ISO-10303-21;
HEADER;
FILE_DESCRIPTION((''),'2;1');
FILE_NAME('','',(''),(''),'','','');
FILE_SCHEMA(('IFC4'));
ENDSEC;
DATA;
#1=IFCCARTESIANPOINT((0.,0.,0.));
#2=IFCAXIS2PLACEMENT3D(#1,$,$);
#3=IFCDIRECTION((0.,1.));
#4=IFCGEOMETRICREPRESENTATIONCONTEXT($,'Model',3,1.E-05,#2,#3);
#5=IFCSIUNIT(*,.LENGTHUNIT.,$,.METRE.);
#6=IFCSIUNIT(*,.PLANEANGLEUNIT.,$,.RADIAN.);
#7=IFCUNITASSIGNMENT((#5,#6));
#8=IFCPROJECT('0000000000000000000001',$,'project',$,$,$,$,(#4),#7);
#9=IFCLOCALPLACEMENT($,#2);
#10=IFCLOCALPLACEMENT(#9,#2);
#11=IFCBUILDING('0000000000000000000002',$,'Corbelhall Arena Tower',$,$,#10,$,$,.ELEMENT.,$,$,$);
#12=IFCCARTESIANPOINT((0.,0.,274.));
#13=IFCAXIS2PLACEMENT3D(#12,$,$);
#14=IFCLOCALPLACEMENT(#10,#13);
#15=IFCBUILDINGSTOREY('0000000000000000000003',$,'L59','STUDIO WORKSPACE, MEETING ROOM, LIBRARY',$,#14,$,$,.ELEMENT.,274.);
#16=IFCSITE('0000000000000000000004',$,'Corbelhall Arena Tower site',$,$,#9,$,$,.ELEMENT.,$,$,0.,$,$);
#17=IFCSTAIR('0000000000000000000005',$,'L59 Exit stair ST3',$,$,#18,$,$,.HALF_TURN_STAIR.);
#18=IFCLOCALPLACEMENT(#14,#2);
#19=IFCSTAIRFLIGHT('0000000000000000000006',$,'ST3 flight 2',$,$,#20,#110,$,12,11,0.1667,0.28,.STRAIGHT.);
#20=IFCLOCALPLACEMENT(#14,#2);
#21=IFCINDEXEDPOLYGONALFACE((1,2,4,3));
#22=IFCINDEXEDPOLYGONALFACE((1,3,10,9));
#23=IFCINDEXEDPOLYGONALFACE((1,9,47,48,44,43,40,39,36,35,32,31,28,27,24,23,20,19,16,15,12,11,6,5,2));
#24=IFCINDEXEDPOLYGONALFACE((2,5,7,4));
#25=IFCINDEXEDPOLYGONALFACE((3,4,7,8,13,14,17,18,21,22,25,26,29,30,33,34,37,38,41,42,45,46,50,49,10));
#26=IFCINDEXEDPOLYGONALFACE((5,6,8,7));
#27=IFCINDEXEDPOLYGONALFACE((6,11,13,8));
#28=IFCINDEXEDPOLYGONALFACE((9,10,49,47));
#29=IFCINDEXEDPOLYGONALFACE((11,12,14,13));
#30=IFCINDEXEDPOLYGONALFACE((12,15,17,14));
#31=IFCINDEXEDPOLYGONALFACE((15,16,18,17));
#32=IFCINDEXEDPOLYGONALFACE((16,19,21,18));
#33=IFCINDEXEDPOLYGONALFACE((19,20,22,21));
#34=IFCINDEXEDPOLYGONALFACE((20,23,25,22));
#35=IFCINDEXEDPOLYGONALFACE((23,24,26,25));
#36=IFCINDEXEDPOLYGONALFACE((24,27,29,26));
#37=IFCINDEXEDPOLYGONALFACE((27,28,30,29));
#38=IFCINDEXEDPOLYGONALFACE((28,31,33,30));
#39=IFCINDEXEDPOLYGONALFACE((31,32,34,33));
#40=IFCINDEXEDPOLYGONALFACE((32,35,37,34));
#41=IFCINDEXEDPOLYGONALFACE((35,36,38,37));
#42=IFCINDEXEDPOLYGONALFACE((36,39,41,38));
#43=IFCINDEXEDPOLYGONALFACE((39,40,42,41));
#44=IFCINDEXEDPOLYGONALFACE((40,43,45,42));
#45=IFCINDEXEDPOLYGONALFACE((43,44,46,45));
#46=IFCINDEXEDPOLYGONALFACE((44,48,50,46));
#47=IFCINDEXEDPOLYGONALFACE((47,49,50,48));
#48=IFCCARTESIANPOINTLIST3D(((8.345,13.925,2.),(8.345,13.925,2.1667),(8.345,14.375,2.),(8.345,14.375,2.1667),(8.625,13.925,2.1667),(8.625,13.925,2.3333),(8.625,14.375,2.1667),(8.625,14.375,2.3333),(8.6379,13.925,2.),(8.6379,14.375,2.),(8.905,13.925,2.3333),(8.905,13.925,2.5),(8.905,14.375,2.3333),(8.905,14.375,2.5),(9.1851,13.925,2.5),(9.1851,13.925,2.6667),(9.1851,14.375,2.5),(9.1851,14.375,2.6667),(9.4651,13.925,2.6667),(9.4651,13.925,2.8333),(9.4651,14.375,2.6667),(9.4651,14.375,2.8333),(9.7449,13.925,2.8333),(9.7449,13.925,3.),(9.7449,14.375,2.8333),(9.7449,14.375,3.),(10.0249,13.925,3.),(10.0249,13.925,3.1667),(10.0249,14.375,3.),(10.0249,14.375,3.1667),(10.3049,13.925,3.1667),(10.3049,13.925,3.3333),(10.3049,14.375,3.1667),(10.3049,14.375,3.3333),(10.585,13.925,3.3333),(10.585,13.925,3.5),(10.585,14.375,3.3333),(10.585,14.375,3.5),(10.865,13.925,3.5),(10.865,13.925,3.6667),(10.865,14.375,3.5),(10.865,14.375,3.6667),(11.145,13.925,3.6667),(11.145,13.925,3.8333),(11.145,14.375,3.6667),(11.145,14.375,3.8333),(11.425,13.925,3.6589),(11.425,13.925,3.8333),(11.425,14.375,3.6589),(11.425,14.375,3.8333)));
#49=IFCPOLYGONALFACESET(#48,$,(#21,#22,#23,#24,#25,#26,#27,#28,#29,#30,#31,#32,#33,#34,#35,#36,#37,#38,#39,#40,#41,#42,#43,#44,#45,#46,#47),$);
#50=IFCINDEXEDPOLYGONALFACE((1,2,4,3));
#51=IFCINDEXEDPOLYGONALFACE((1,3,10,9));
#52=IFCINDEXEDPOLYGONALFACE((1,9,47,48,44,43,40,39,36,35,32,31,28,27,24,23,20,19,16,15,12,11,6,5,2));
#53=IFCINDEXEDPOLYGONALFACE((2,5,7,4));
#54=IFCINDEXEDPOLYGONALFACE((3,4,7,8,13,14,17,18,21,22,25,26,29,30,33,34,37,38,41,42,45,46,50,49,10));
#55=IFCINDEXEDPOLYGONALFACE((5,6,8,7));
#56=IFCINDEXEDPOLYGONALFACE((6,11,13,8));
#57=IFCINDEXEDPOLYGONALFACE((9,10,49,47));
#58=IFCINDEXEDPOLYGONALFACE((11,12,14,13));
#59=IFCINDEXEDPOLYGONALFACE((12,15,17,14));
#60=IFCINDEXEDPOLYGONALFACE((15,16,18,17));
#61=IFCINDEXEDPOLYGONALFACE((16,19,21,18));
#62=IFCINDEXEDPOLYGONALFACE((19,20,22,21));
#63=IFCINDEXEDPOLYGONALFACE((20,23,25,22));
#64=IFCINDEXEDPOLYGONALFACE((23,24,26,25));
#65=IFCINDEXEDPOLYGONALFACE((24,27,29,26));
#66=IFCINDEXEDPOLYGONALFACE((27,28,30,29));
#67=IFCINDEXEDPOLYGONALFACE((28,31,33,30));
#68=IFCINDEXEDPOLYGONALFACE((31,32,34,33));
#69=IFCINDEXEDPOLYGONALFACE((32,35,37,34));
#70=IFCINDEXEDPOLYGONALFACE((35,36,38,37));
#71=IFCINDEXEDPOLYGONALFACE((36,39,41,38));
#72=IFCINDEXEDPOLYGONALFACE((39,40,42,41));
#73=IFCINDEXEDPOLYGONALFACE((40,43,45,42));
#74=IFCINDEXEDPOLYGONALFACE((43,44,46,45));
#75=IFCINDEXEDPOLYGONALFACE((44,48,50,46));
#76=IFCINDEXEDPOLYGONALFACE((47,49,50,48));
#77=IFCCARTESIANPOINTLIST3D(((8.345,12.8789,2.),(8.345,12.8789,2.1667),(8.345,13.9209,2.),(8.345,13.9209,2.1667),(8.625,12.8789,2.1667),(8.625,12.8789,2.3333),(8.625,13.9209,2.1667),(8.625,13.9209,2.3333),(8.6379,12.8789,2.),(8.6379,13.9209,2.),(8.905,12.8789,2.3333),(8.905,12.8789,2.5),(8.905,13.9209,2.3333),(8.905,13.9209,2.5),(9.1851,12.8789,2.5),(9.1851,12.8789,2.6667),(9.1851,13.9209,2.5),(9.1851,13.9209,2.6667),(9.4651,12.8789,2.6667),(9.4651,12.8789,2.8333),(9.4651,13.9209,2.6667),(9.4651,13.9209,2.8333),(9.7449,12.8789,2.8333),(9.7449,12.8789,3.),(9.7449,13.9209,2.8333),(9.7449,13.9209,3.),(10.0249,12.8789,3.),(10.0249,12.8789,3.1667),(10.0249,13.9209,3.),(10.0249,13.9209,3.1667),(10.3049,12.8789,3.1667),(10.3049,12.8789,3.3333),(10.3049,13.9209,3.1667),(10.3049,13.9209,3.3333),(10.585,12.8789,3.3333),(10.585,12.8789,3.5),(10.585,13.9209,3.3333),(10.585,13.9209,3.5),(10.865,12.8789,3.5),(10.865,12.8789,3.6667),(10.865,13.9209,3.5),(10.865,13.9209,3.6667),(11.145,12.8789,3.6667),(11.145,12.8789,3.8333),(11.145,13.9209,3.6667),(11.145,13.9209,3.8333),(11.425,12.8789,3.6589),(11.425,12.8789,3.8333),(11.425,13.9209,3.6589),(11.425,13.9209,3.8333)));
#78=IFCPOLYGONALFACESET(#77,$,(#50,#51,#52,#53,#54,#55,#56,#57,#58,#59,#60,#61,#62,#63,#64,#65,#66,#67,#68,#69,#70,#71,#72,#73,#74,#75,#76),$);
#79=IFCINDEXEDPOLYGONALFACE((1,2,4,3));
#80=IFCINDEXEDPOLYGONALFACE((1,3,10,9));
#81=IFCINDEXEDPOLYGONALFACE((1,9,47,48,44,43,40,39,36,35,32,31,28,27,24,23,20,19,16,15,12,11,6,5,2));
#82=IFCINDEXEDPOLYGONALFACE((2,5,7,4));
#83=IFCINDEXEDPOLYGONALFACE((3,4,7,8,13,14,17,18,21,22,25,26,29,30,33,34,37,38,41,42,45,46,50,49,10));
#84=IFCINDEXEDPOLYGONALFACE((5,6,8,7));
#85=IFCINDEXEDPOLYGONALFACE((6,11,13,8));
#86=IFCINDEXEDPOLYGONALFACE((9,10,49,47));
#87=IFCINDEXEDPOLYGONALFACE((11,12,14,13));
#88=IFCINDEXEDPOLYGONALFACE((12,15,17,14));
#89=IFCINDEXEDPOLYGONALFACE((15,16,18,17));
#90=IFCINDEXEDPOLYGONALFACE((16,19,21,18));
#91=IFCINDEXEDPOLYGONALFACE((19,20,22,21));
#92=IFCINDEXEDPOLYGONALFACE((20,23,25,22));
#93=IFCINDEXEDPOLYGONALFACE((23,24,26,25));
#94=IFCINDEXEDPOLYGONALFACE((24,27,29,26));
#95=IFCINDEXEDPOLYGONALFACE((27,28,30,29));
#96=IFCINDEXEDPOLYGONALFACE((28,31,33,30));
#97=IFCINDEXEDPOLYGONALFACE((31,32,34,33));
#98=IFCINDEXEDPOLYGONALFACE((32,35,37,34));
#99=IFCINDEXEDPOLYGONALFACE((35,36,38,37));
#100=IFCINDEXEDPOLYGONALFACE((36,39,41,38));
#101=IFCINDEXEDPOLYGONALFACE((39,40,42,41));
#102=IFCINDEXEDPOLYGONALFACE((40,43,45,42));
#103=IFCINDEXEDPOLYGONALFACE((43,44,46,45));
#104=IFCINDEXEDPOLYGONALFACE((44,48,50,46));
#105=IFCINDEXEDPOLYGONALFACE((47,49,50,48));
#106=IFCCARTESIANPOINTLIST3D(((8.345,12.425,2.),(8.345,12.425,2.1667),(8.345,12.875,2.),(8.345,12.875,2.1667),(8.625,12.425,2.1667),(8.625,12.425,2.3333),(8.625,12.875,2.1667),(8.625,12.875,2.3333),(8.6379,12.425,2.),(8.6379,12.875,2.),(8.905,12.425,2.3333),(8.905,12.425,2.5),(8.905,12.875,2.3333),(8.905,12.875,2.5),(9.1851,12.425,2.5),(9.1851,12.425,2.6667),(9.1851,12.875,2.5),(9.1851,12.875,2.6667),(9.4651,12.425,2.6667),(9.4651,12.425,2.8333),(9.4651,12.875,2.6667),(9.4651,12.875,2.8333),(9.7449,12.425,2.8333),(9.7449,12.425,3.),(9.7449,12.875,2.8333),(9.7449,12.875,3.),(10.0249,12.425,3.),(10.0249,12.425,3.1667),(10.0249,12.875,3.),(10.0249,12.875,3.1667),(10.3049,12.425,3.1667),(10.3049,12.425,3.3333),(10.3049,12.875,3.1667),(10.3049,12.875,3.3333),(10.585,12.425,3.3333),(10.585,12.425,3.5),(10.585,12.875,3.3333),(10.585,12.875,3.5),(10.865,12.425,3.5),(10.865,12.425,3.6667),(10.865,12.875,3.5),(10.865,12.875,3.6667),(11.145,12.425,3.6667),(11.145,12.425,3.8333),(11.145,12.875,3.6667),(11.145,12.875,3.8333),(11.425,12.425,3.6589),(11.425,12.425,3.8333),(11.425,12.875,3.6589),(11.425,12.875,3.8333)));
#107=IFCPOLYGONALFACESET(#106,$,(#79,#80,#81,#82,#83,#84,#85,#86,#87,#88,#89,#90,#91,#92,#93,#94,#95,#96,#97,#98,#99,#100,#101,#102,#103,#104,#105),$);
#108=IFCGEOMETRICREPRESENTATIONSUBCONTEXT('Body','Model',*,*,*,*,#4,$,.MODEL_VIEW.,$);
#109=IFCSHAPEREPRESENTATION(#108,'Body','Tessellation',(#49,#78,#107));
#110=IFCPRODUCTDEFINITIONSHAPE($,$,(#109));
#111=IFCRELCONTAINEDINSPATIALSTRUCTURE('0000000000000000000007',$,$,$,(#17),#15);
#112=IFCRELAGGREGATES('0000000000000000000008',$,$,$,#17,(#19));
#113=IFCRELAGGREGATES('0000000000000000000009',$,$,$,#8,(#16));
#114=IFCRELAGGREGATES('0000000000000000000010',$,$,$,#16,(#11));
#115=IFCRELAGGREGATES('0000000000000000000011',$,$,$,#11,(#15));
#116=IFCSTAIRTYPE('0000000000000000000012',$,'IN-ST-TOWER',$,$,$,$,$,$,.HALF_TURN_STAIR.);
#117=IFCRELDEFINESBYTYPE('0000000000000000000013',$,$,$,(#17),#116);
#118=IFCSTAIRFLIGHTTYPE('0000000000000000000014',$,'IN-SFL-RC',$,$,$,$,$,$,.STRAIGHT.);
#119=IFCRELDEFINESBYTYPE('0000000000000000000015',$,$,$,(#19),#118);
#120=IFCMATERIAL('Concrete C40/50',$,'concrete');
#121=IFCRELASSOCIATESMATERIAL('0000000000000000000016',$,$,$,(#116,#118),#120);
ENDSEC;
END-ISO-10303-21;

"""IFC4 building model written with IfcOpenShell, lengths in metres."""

from ifc_helpers import new_model, si_unit, direction, frame, origin, place, context, subcontext, project, spatial, polyline, outline, extrude, material, type_object, element, aggregate, save


model = new_model("IFC4")

# Units and contexts
model_context = context("Model", 3, precision=1e-05, world=origin(), true_north=direction((0.0, 1.0)))
body_context = subcontext(model_context, "Body", "Model", "MODEL_VIEW")
ifc_project = project(units=[si_unit("LENGTHUNIT", "METRE"), si_unit("PLANEANGLEUNIT", "RADIAN")], contexts=[model_context])

# Site, building, storey
site_placement = place(None, origin())
site = spatial("IfcSite", under=ifc_project, at=site_placement, Name="Corbelhall Arena Tower site", CompositionType="ELEMENT", RefElevation=0.0)
building_placement = place(site_placement, origin())
building = spatial("IfcBuilding", under=site, at=building_placement, Name="Corbelhall Arena Tower", CompositionType="ELEMENT")
storey_placement = place(building_placement, frame((0.0, 0.0, 274.0)))
storey = spatial("IfcBuildingStorey", under=building, at=storey_placement, Name="L59", Description="STUDIO WORKSPACE, MEETING ROOM, LIBRARY", CompositionType="ELEMENT", Elevation=274.0)

# Shared definitions
ifc_material_1 = material(Name="Concrete C40/50", Category="concrete")

# Stair, stair flight
stair_type = type_object("IfcStairType", Name="IN-ST-TOWER", PredefinedType="HALF_TURN_STAIR", material=ifc_material_1)
stair_placement = place(storey_placement, origin())
stair = element("IfcStair", 1, at=stair_placement, inside=storey, type_object=stair_type, Name="L59 Exit stair ST3", PredefinedType="HALF_TURN_STAIR")
stair_flight_type = type_object("IfcStairFlightType", Name="IN-SFL-RC", PredefinedType="STRAIGHT", material=ifc_material_1)
stair_flight_1_placement = place(storey_placement, frame((8.345, 13.3999, 2.0), z_axis=(0.0, 0.0, 1.0), x_axis=(1.0, 0.0, 0.0)))
stair_flight_1 = element("IfcStairFlight", 2, at=stair_flight_1_placement, type_object=stair_flight_type, Name="ST3 flight 2", NumberOfRisers=12, NumberOfTreads=11, PredefinedType="STRAIGHT", RiserHeight=0.1667, TreadLength=0.28, context=body_context, shape_type="SweptSolid", body=[
    extrude(outline(polyline([(0.0, 0.0), (0.0, 0.1667), (0.28, 0.1667), (0.28, 0.3333), (0.5601, 0.3333), (0.5601, 0.5), (0.8401, 0.5), (0.8401, 0.6667), (1.1201, 0.6667), (1.1201, 0.8333), (1.3999, 0.8333), (1.3999, 1.0), (1.6799, 1.0), (1.6799, 1.1667), (1.96, 1.1667), (1.96, 1.3333), (2.24, 1.3333), (2.24, 1.5), (2.52, 1.5), (2.52, 1.6667), (2.8, 1.6667), (2.8, 1.8333), (3.0801, 1.8333), (3.0801, 2.0), (3.0801, 1.6589), (0.293, 0.0), (0.0, 0.0)])), frame((0.0, 0.9751, 0.0), z_axis=(0.0, -1.0, 0.0), x_axis=(1.0, 0.0, 0.0)), (0.0, 0.0, 1.0), 0.45),
    extrude(outline(polyline([(0.0, 0.0), (0.0, 0.1667), (0.28, 0.1667), (0.28, 0.3333), (0.5601, 0.3333), (0.5601, 0.5), (0.8401, 0.5), (0.8401, 0.6667), (1.1201, 0.6667), (1.1201, 0.8333), (1.3999, 0.8333), (1.3999, 1.0), (1.6799, 1.0), (1.6799, 1.1667), (1.96, 1.1667), (1.96, 1.3333), (2.24, 1.3333), (2.24, 1.5), (2.52, 1.5), (2.52, 1.6667), (2.8, 1.6667), (2.8, 1.8333), (3.0801, 1.8333), (3.0801, 2.0), (3.0801, 1.6589), (0.293, 0.0), (0.0, 0.0)])), frame((0.0, 0.521, 0.0), z_axis=(0.0, -1.0, 0.0), x_axis=(1.0, 0.0, 0.0)), (0.0, 0.0, 1.0), 1.042),
    extrude(outline(polyline([(0.0, 0.0), (0.0, 0.1667), (0.28, 0.1667), (0.28, 0.3333), (0.5601, 0.3333), (0.5601, 0.5), (0.8401, 0.5), (0.8401, 0.6667), (1.1201, 0.6667), (1.1201, 0.8333), (1.3999, 0.8333), (1.3999, 1.0), (1.6799, 1.0), (1.6799, 1.1667), (1.96, 1.1667), (1.96, 1.3333), (2.24, 1.3333), (2.24, 1.5), (2.52, 1.5), (2.52, 1.6667), (2.8, 1.6667), (2.8, 1.8333), (3.0801, 1.8333), (3.0801, 2.0), (3.0801, 1.6589), (0.293, 0.0), (0.0, 0.0)])), frame((0.0, -0.5249, 0.0), z_axis=(0.0, -1.0, 0.0), x_axis=(1.0, 0.0, 0.0)), (0.0, 0.0, 1.0), 0.45),
])
aggregate(stair, [stair_flight_1])

save(model, "model.ifc")
